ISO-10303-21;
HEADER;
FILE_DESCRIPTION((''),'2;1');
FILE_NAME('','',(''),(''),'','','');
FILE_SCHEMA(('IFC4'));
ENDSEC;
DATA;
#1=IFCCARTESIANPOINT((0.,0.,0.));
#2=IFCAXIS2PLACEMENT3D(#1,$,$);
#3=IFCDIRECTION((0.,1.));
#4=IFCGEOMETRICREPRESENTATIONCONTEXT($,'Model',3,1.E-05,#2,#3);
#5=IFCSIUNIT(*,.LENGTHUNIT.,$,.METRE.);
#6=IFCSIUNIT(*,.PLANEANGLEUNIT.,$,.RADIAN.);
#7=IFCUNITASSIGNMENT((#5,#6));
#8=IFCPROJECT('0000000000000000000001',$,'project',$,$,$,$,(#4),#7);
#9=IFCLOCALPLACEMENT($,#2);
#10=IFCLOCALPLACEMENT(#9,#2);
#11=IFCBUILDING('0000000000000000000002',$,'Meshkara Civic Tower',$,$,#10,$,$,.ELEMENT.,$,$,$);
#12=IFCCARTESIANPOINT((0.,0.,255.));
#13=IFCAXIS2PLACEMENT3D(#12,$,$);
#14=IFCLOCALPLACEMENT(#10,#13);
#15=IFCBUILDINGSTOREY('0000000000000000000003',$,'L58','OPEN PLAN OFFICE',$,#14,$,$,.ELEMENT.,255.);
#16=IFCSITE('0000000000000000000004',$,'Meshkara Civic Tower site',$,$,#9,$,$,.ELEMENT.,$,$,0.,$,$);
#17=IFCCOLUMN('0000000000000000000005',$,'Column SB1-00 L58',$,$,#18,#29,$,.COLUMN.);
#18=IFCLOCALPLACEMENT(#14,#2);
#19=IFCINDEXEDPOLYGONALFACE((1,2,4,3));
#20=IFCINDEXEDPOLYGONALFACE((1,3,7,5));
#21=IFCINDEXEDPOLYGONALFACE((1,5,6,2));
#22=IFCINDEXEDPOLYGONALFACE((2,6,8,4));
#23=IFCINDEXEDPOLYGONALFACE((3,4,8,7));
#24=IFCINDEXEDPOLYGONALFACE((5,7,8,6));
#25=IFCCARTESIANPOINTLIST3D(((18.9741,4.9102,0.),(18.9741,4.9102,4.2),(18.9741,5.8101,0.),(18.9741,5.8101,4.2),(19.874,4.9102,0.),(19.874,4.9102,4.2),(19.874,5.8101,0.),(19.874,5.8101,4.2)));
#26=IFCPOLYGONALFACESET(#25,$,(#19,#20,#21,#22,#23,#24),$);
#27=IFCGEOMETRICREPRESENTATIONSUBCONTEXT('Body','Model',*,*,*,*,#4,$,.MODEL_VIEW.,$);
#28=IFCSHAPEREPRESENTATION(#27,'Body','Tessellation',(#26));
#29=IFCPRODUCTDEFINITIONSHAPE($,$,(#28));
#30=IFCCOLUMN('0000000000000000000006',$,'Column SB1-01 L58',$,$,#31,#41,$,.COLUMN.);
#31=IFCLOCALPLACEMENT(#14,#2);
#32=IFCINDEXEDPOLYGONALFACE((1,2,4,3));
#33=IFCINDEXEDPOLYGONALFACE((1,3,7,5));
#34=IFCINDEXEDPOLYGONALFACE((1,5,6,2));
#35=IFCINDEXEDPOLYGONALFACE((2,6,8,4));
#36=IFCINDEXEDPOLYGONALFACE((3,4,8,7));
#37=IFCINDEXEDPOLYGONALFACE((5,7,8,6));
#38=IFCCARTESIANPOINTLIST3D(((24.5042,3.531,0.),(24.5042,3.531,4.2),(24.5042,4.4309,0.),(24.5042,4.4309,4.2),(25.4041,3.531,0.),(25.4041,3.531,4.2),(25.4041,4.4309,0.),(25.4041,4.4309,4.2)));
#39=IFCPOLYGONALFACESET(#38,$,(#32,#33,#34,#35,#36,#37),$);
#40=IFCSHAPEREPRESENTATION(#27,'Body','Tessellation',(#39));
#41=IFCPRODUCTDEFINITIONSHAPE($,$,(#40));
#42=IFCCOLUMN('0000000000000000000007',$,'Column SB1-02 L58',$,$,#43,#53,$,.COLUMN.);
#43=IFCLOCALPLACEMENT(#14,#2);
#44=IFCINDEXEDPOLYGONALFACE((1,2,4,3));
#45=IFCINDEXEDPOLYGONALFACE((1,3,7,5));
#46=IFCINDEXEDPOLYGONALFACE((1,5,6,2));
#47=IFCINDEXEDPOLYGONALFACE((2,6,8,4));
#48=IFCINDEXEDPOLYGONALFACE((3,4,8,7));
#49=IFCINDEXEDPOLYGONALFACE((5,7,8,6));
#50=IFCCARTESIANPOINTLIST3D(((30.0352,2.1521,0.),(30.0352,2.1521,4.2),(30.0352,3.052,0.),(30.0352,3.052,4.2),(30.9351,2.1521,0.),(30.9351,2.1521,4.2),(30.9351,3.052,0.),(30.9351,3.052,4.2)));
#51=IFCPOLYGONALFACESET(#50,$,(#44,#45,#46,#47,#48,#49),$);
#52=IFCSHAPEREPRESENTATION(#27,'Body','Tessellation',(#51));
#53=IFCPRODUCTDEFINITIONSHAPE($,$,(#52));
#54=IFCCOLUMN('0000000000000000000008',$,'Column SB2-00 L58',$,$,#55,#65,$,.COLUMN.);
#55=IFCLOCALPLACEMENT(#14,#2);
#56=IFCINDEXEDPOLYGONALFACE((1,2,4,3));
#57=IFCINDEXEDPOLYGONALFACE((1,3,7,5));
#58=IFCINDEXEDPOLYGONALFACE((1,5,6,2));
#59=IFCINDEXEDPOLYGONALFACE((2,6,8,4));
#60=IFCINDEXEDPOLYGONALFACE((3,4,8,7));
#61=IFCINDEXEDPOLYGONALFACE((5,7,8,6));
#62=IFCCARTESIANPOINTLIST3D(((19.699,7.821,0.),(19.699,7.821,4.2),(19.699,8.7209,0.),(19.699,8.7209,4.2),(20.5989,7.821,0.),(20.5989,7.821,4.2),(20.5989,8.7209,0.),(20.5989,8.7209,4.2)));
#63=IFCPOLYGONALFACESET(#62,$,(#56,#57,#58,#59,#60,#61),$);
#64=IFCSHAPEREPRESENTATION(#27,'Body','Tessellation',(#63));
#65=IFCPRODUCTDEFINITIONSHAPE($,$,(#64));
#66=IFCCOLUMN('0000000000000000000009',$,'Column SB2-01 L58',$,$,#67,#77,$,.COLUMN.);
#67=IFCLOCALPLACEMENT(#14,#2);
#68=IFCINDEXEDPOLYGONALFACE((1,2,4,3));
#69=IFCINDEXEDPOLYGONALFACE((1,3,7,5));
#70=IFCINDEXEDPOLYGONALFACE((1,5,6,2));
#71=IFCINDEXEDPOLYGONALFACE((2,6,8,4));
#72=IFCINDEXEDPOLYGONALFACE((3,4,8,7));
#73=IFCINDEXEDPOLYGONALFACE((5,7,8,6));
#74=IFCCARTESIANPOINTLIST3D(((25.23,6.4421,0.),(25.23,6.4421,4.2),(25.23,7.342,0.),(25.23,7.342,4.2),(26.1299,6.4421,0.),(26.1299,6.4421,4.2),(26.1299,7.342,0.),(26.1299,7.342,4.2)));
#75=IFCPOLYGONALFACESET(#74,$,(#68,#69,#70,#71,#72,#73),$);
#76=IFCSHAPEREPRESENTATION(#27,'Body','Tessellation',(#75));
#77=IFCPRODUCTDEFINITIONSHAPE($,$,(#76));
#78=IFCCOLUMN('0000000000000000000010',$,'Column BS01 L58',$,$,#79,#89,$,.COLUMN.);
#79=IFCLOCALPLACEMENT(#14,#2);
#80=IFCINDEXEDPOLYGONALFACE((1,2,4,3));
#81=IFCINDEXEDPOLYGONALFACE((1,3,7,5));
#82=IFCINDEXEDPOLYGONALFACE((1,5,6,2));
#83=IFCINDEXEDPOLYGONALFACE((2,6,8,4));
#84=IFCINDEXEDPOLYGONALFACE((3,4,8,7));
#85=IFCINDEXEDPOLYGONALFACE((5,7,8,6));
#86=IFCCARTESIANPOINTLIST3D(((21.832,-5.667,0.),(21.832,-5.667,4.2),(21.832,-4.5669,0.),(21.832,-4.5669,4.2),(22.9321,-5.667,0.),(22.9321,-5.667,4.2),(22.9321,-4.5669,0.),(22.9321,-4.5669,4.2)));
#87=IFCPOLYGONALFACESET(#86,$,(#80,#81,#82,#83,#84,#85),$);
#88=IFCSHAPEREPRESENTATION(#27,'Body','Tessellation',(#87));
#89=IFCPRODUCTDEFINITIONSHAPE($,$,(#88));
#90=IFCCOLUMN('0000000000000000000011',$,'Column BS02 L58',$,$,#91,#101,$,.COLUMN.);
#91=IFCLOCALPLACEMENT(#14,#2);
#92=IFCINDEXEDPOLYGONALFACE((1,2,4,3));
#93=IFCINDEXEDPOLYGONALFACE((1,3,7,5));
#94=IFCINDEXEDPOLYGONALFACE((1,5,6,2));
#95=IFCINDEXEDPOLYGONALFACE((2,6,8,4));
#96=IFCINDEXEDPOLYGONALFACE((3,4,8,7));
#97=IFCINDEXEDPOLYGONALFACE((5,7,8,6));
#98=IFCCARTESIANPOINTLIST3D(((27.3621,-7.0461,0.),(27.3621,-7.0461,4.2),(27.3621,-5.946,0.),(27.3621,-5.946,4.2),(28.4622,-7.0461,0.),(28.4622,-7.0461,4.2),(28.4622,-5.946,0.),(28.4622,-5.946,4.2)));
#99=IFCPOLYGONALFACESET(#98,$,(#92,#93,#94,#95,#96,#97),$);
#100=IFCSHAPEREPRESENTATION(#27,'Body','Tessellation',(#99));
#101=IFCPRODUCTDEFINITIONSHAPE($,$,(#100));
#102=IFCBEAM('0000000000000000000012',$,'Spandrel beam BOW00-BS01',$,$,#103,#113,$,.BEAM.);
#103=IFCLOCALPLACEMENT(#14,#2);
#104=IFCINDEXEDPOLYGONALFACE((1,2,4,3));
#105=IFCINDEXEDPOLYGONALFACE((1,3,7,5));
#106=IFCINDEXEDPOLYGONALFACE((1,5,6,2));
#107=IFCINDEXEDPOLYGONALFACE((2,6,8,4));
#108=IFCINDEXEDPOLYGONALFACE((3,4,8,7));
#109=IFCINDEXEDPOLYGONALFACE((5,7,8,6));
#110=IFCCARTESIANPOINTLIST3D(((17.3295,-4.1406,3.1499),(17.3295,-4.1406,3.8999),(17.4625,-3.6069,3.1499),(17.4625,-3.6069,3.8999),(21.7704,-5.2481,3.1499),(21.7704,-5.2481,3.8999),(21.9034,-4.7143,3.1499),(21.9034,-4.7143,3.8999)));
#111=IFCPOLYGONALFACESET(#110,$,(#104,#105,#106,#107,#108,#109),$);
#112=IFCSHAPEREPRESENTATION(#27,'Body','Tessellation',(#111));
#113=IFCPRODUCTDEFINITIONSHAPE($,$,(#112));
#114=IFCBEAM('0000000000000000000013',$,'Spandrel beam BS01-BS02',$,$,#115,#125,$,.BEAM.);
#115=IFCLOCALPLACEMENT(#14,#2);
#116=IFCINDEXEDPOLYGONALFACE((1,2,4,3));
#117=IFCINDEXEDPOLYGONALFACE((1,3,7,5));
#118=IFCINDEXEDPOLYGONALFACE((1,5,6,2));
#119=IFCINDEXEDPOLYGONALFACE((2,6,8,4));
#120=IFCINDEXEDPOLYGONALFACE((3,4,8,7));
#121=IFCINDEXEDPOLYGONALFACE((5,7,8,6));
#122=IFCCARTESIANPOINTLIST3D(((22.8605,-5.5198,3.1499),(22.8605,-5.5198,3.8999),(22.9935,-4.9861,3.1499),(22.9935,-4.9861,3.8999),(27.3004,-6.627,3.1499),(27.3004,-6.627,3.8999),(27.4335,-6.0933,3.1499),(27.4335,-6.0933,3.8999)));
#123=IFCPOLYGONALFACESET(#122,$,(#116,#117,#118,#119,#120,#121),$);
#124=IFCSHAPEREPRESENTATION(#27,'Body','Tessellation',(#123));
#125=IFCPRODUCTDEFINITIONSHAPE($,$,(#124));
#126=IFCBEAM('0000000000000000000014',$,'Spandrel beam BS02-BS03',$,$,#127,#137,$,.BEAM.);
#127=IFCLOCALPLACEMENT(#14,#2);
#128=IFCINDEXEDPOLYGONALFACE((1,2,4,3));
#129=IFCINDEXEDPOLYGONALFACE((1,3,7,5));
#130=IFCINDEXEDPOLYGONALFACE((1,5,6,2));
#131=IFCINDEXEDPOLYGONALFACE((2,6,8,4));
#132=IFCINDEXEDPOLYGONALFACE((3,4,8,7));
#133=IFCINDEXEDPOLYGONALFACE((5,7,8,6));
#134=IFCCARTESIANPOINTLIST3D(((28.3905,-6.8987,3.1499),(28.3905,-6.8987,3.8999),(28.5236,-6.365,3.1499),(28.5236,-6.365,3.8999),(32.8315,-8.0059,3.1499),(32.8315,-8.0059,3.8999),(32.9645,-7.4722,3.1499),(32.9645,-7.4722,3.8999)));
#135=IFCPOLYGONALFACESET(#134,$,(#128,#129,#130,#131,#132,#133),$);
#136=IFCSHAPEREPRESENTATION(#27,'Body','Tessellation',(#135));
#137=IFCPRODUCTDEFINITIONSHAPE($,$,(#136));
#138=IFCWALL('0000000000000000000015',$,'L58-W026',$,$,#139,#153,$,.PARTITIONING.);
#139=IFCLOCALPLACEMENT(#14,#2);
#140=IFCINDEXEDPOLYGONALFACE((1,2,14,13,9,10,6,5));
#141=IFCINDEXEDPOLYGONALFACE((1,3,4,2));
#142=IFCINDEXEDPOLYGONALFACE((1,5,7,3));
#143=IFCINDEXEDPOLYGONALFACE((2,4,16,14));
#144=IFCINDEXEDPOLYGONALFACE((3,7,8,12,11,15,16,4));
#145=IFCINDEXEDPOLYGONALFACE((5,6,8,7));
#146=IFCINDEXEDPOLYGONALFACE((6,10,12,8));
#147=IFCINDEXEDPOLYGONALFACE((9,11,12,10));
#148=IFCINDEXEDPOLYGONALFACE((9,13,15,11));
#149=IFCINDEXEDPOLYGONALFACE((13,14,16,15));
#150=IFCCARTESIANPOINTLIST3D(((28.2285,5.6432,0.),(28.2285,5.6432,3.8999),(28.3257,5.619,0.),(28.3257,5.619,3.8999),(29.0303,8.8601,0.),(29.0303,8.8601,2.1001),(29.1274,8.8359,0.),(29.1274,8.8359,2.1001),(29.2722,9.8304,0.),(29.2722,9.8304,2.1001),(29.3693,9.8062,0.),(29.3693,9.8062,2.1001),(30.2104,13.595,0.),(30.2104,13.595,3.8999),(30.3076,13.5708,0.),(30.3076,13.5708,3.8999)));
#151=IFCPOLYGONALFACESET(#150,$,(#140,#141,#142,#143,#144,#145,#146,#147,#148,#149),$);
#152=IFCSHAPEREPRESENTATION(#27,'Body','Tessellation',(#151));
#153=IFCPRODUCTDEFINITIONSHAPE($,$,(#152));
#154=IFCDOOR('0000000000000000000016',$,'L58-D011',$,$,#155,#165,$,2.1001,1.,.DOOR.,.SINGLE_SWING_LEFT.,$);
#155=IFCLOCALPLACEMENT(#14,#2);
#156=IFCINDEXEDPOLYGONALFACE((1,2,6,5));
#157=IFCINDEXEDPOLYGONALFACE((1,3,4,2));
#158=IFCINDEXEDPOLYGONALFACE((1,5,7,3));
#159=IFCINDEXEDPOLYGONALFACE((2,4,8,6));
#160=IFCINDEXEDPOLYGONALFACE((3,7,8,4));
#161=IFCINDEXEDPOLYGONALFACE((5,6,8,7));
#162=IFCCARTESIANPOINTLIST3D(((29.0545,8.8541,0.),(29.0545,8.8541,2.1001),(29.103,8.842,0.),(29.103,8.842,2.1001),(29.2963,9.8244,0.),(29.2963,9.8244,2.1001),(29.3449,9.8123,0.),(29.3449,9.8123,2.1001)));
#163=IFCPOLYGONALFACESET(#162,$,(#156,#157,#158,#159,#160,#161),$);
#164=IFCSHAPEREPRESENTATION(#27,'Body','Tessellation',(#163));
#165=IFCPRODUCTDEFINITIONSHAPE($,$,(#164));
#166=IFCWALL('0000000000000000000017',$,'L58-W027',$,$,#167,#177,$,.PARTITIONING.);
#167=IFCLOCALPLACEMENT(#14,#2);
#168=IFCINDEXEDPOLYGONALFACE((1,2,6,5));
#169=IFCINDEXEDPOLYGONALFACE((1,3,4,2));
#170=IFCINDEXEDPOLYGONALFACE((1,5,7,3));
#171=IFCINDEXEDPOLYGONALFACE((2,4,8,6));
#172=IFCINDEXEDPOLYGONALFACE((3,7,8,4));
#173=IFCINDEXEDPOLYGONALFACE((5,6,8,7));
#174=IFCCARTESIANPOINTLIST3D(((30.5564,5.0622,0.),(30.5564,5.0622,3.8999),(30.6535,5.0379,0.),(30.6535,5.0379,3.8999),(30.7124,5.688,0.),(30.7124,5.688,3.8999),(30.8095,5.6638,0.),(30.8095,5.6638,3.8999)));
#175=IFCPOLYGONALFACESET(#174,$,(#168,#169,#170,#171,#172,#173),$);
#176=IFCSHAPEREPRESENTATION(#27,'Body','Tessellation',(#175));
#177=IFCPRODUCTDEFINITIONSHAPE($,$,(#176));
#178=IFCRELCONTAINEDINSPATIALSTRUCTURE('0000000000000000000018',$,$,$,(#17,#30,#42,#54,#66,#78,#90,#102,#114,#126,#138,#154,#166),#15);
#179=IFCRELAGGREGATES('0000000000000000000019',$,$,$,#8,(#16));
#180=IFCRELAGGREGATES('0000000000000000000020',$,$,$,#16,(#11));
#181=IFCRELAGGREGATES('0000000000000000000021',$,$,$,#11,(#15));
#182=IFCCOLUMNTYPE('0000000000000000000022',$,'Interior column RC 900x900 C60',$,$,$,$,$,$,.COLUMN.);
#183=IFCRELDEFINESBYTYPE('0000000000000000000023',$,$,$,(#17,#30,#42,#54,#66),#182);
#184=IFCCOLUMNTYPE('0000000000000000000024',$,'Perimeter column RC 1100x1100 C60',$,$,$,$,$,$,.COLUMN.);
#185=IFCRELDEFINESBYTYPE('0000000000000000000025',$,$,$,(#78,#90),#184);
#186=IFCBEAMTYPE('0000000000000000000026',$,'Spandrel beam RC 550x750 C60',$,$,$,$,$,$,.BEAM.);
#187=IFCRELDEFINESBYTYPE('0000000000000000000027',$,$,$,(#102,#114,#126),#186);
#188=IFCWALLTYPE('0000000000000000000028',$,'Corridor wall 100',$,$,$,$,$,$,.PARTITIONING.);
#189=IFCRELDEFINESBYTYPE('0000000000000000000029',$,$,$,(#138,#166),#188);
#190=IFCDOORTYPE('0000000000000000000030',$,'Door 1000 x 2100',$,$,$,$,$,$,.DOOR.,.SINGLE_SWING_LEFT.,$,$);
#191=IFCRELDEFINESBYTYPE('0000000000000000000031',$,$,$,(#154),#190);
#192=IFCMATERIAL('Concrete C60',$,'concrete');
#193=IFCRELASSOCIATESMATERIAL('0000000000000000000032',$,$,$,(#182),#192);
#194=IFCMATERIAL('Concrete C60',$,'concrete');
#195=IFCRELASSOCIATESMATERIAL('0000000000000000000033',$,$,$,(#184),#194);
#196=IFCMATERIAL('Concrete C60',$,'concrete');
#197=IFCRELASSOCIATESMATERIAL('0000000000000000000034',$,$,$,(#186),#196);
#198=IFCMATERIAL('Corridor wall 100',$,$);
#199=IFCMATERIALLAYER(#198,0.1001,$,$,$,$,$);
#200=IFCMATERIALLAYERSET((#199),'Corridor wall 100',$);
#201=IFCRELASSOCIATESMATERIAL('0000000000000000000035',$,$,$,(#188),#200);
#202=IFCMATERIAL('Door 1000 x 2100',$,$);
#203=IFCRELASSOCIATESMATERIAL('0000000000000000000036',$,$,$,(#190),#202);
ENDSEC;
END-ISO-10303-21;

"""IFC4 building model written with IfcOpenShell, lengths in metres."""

from ifc_helpers import new_model, si_unit, direction, frame, frame_2d, origin, origin_2d, place, context, subcontext, project, spatial, rectangle, extrude, material, layer, layer_set, material_profile, profile_set, type_object, element, fill, save


model = new_model("IFC4")

# Units and contexts
model_context = context("Model", 3, precision=1e-05, world=origin(), true_north=direction((0.0, 1.0)))
body_context = subcontext(model_context, "Body", "Model", "MODEL_VIEW")
ifc_project = project(units=[si_unit("LENGTHUNIT", "METRE"), si_unit("PLANEANGLEUNIT", "RADIAN")], contexts=[model_context])

# Site, building, storey
site_placement = place(None, origin())
site = spatial("IfcSite", under=ifc_project, at=site_placement, Name="Meshkara Civic Tower site", CompositionType="ELEMENT", RefElevation=0.0)
building_placement = place(site_placement, origin())
building = spatial("IfcBuilding", under=site, at=building_placement, Name="Meshkara Civic Tower", CompositionType="ELEMENT")
storey_placement = place(building_placement, frame((0.0, 0.0, 255.0)))
storey = spatial("IfcBuildingStorey", under=building, at=storey_placement, Name="L58", Description="OPEN PLAN OFFICE", CompositionType="ELEMENT", Elevation=255.0)

# Columns
ifc_material_1 = material(Name="Concrete C60", Category="concrete")
ifc_material_profile_1 = material_profile(ifc_material_1, rectangle(XDim=0.8999, YDim=0.8999, at=origin_2d()))
ifc_profile_set_1 = profile_set([ifc_material_profile_1], Name="Concrete C60")
column_type_1 = type_object("IfcColumnType", Name="Interior column RC 900x900 C60", PredefinedType="COLUMN", material=ifc_profile_set_1)
for number, where, z_axis, x_axis, name in (
    (1, (19.4241, 5.3601, 0.0), (0.0, 0.0, 1.0), (1.0, 0.0, 0.0), "Column SB1-00 L58"),
    (2, (24.9541, 3.981, 0.0), (0.0, 0.0, 1.0), (1.0, 0.0, 0.0), "Column SB1-01 L58"),
    (3, (30.4851, 2.6021, 0.0), (0.0, 0.0, 1.0), (1.0, 0.0, 0.0), "Column SB1-02 L58"),
    (4, (20.1489, 8.271, 0.0), (0.0, 0.0, 1.0), (1.0, 0.0, 0.0), "Column SB2-00 L58"),
    (5, (25.6799, 6.8921, 0.0), (0.0, 0.0, 1.0), (1.0, 0.0, 0.0), "Column SB2-01 L58"),
):
    element("IfcColumn", number, at=place(storey_placement, frame(where, z_axis=z_axis, x_axis=x_axis)), inside=storey, type_object=column_type_1, Name=name, PredefinedType="COLUMN", context=body_context, shape_type="SweptSolid", body=[
        extrude(rectangle(XDim=0.8999, YDim=0.8999, at=origin_2d()), origin(), (0.0, 0.0, 1.0), 4.2),
    ])
ifc_material_2 = material(Name="Concrete C60", Category="concrete")
ifc_material_profile_2 = material_profile(ifc_material_2, rectangle(XDim=1.1001, YDim=1.1001, at=origin_2d()))
ifc_profile_set_2 = profile_set([ifc_material_profile_2], Name="Concrete C60")
column_type_2 = type_object("IfcColumnType", Name="Perimeter column RC 1100x1100 C60", PredefinedType="COLUMN", material=ifc_profile_set_2)
for number, where, z_axis, x_axis, name in (
    (6, (22.3821, -5.1169, 0.0), (0.0, 0.0, 1.0), (1.0, 0.0, 0.0), "Column BS01 L58"),
    (7, (27.9121, -6.4961, 0.0), (0.0, 0.0, 1.0), (1.0, 0.0, 0.0), "Column BS02 L58"),
):
    element("IfcColumn", number, at=place(storey_placement, frame(where, z_axis=z_axis, x_axis=x_axis)), inside=storey, type_object=column_type_2, Name=name, PredefinedType="COLUMN", context=body_context, shape_type="SweptSolid", body=[
        extrude(rectangle(XDim=1.1001, YDim=1.1001, at=origin_2d()), origin(), (0.0, 0.0, 1.0), 4.2),
    ])

# Beams
ifc_material_3 = material(Name="Concrete C60", Category="concrete")
ifc_material_profile_3 = material_profile(ifc_material_3, rectangle(XDim=0.55, YDim=0.75, at=origin_2d()))
ifc_profile_set_3 = profile_set([ifc_material_profile_3], Name="Concrete C60")
beam_type = type_object("IfcBeamType", Name="Spandrel beam RC 550x750 C60", PredefinedType="BEAM", material=ifc_profile_set_3)
beam_1_placement = place(storey_placement, frame((17.396, -3.8738, 3.5249), z_axis=(0.970287, -0.241958, 0.0), x_axis=(0.241958, 0.970287, 0.0)))
element("IfcBeam", 8, at=beam_1_placement, inside=storey, type_object=beam_type, Name="Spandrel beam BOW00-BS01", PredefinedType="BEAM", context=body_context, shape_type="SweptSolid", body=[
    extrude(rectangle(XDim=0.55, YDim=0.75, at=origin_2d()), origin(), (0.0, 0.0, 1.0), 4.5769),
])
beam_2_placement = place(storey_placement, frame((22.927, -5.2529, 3.5249), z_axis=(0.970287, -0.241958, 0.0), x_axis=(0.241958, 0.970287, 0.0)))
element("IfcBeam", 9, at=beam_2_placement, inside=storey, type_object=beam_type, Name="Spandrel beam BS01-BS02", PredefinedType="BEAM", context=body_context, shape_type="SweptSolid", body=[
    extrude(rectangle(XDim=0.55, YDim=0.75, at=origin_2d()), origin(), (0.0, 0.0, 1.0), 4.5759),
])
beam_3_placement = place(storey_placement, frame((28.457, -6.6318, 3.5249), z_axis=(0.970299, -0.241908, 0.0), x_axis=(0.241908, 0.970299, 0.0)))
element("IfcBeam", 10, at=beam_3_placement, inside=storey, type_object=beam_type, Name="Spandrel beam BS02-BS03", PredefinedType="BEAM", context=body_context, shape_type="SweptSolid", body=[
    extrude(rectangle(XDim=0.55, YDim=0.75, at=origin_2d()), origin(), (0.0, 0.0, 1.0), 4.5769),
])

# Wall, opening, door
ifc_material_4 = material(Name="Corridor wall 100")
ifc_layer_1 = layer(ifc_material_4, 0.1001)
ifc_layer_set_1 = layer_set([ifc_layer_1], Name="Corridor wall 100")
wall_type_1 = type_object("IfcWallType", Name="Corridor wall 100", PredefinedType="PARTITIONING", material=ifc_layer_set_1)
wall_1_placement = place(storey_placement, frame((30.259, 13.583, 0.0), z_axis=(0.0, 0.0, 1.0), x_axis=(-0.241842, -0.970316, 0.0)))
wall_1 = element("IfcWall", 11, at=wall_1_placement, inside=storey, type_object=wall_type_1, Name="L58-W026", PredefinedType="PARTITIONING", context=body_context, shape_type="SweptSolid", body=[
    extrude(rectangle(XDim=8.1951, YDim=0.1001, at=frame_2d((4.0977, 0.0))), origin(), (0.0, 0.0, 1.0), 3.8999),
])
opening_1_placement = place(wall_1_placement, frame((3.8799, 0.0, 0.0)))
opening_1 = element("IfcOpeningElement", 12, at=opening_1_placement, cuts=wall_1, PredefinedType="OPENING", context=body_context, shape_type="SweptSolid", body=[
    extrude(rectangle(XDim=1.0, YDim=2.1001, at=frame_2d((0.5, 1.05))), frame((0.0, 0.0601, 0.0), z_axis=(0.0, -1.0, 0.0), x_axis=(1.0, 0.0, 0.0)), (0.0, 0.0, 1.0), 0.1201),
])
ifc_material_5 = material(Name="Door 1000 x 2100")
door_type_1 = type_object("IfcDoorType", Name="Door 1000 x 2100", OperationType="SINGLE_SWING_LEFT", PredefinedType="DOOR", material=ifc_material_5)
door_1_placement = place(opening_1_placement, origin())
door_1 = element("IfcDoor", 13, at=door_1_placement, inside=storey, type_object=door_type_1, Name="L58-D011", OperationType="SINGLE_SWING_LEFT", OverallHeight=2.1001, OverallWidth=1.0, PredefinedType="DOOR", context=body_context, shape_type="SweptSolid", body=[
    extrude(rectangle(XDim=1.0, YDim=2.1001, at=frame_2d((0.5, 1.05))), frame((0.0, 0.0249, 0.0), z_axis=(0.0, -1.0, 0.0), x_axis=(1.0, 0.0, 0.0)), (0.0, 0.0, 1.0), 0.05),
])
fill(opening_1, door_1)

# Wall
wall_2_placement = place(storey_placement, frame((30.605, 5.05, 0.0), z_axis=(0.0, 0.0, 1.0), x_axis=(0.241823, 0.97032, 0.0)))
element("IfcWall", 14, at=wall_2_placement, inside=storey, type_object=wall_type_1, Name="L58-W027", PredefinedType="PARTITIONING", context=body_context, shape_type="SweptSolid", body=[
    extrude(rectangle(XDim=0.645, YDim=0.1001, at=frame_2d((0.3225, 0.0))), origin(), (0.0, 0.0, 1.0), 3.8999),
])

save(model, "model.ifc")
